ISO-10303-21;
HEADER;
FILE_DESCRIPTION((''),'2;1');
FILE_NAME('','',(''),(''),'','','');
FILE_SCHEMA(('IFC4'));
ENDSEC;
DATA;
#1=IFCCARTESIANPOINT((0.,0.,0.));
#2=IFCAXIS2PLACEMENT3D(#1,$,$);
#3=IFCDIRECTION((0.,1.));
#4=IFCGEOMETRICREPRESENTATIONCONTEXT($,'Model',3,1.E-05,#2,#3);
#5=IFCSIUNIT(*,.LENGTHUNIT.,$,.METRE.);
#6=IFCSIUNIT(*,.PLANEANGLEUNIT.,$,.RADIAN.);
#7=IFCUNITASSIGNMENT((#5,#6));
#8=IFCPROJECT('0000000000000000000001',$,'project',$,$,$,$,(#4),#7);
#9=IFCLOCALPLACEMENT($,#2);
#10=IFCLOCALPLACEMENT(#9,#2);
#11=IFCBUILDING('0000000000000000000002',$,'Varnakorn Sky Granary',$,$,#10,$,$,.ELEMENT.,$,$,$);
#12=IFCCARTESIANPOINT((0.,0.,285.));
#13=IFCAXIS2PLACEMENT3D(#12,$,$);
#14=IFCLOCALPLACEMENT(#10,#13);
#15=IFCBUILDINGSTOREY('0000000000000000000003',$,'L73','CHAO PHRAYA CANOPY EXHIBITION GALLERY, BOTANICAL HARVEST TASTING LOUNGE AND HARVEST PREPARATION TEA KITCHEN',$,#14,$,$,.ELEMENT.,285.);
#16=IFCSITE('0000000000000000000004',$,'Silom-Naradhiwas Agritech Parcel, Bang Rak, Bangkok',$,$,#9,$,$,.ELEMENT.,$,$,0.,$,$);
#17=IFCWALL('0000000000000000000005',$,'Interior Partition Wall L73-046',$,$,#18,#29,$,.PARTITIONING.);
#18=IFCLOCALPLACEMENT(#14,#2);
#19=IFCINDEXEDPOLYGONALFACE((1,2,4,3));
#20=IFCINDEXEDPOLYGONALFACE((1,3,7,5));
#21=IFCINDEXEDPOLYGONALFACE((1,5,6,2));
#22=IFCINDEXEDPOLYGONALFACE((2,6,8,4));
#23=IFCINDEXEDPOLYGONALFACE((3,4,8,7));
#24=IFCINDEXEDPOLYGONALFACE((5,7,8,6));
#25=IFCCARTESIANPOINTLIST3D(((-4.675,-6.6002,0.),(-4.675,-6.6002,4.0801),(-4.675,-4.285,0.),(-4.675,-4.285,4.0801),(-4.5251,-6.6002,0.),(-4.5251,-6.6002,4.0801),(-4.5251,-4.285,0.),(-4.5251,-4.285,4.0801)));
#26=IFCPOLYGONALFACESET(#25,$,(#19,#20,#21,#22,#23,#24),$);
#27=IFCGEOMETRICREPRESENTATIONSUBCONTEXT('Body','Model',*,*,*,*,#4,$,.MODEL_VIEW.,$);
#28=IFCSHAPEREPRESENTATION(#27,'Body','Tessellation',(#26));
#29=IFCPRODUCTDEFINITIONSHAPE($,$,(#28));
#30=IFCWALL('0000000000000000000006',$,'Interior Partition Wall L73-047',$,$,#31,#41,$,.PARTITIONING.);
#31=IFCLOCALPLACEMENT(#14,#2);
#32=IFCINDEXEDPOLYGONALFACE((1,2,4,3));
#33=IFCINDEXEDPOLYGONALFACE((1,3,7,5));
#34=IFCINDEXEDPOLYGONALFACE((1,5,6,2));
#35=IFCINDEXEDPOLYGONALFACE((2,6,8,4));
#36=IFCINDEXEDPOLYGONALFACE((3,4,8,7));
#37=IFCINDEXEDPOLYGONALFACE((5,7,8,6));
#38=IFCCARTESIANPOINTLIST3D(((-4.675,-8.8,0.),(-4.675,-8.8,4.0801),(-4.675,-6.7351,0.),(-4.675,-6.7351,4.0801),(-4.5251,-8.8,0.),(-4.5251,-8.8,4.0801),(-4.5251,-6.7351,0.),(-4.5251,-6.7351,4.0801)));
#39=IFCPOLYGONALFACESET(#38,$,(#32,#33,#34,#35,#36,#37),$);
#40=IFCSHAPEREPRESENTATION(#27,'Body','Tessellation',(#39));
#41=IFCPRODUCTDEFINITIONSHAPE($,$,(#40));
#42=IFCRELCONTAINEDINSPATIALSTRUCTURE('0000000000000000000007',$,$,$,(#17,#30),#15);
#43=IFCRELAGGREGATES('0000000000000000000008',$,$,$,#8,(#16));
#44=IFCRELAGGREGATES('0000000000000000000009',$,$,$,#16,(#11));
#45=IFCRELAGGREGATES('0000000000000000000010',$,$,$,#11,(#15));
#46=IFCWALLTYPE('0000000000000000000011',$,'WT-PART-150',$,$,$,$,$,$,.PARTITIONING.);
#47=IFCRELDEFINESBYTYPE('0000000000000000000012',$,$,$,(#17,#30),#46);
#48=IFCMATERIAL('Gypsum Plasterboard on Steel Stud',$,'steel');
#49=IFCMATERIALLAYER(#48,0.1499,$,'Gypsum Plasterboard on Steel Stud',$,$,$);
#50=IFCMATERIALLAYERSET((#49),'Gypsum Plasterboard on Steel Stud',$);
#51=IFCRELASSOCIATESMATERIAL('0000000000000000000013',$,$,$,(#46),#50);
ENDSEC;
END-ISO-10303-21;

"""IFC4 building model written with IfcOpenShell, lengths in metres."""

from ifc_helpers import new_model, si_unit, direction, frame, frame_2d, origin, place, context, subcontext, project, spatial, rectangle, extrude, material, layer, layer_set, type_object, element, save


model = new_model("IFC4")

# Units and contexts
model_context = context("Model", 3, precision=1e-05, world=origin(), true_north=direction((0.0, 1.0)))
body_context = subcontext(model_context, "Body", "Model", "MODEL_VIEW")
ifc_project = project(units=[si_unit("LENGTHUNIT", "METRE"), si_unit("PLANEANGLEUNIT", "RADIAN")], contexts=[model_context])

# Site, building, storey
site_placement = place(None, origin())
site = spatial("IfcSite", under=ifc_project, at=site_placement, Name="Silom-Naradhiwas Agritech Parcel, Bang Rak, Bangkok", CompositionType="ELEMENT", RefElevation=0.0)
building_placement = place(site_placement, origin())
building = spatial("IfcBuilding", under=site, at=building_placement, Name="Varnakorn Sky Granary", CompositionType="ELEMENT")
storey_placement = place(building_placement, frame((0.0, 0.0, 285.0)))
storey = spatial("IfcBuildingStorey", under=building, at=storey_placement, Name="L73", Description="CHAO PHRAYA CANOPY EXHIBITION GALLERY, BOTANICAL HARVEST TASTING LOUNGE AND HARVEST PREPARATION TEA KITCHEN", CompositionType="ELEMENT", Elevation=285.0)

# Walls
ifc_material_1 = material(Name="Gypsum Plasterboard on Steel Stud", Category="steel")
ifc_layer_1 = layer(ifc_material_1, 0.1499, Name="Gypsum Plasterboard on Steel Stud")
ifc_layer_set_1 = layer_set([ifc_layer_1], Name="Gypsum Plasterboard on Steel Stud")
wall_type_1 = type_object("IfcWallType", Name="WT-PART-150", PredefinedType="PARTITIONING", material=ifc_layer_set_1)
wall_1_placement = place(storey_placement, frame((-4.6001, -4.2849, 0.0), z_axis=(0.0, 0.0, 1.0), x_axis=(0.0, -1.0, 0.0)))
element("IfcWall", 1, at=wall_1_placement, inside=storey, type_object=wall_type_1, Name="Interior Partition Wall L73-046", PredefinedType="PARTITIONING", context=body_context, shape_type="SweptSolid", body=[
    extrude(rectangle(XDim=2.3152, YDim=0.1499, at=frame_2d((1.1577, 0.0))), origin(), (0.0, 0.0, 1.0), 4.0801),
])
wall_2_placement = place(storey_placement, frame((-4.6001, -6.7351, 0.0), z_axis=(0.0, 0.0, 1.0), x_axis=(0.0, -1.0, 0.0)))
element("IfcWall", 2, at=wall_2_placement, inside=storey, type_object=wall_type_1, Name="Interior Partition Wall L73-047", PredefinedType="PARTITIONING", context=body_context, shape_type="SweptSolid", body=[
    extrude(rectangle(XDim=2.0649, YDim=0.1499, at=frame_2d((1.0325, 0.0))), origin(), (0.0, 0.0, 1.0), 4.0801),
])

save(model, "model.ifc")
